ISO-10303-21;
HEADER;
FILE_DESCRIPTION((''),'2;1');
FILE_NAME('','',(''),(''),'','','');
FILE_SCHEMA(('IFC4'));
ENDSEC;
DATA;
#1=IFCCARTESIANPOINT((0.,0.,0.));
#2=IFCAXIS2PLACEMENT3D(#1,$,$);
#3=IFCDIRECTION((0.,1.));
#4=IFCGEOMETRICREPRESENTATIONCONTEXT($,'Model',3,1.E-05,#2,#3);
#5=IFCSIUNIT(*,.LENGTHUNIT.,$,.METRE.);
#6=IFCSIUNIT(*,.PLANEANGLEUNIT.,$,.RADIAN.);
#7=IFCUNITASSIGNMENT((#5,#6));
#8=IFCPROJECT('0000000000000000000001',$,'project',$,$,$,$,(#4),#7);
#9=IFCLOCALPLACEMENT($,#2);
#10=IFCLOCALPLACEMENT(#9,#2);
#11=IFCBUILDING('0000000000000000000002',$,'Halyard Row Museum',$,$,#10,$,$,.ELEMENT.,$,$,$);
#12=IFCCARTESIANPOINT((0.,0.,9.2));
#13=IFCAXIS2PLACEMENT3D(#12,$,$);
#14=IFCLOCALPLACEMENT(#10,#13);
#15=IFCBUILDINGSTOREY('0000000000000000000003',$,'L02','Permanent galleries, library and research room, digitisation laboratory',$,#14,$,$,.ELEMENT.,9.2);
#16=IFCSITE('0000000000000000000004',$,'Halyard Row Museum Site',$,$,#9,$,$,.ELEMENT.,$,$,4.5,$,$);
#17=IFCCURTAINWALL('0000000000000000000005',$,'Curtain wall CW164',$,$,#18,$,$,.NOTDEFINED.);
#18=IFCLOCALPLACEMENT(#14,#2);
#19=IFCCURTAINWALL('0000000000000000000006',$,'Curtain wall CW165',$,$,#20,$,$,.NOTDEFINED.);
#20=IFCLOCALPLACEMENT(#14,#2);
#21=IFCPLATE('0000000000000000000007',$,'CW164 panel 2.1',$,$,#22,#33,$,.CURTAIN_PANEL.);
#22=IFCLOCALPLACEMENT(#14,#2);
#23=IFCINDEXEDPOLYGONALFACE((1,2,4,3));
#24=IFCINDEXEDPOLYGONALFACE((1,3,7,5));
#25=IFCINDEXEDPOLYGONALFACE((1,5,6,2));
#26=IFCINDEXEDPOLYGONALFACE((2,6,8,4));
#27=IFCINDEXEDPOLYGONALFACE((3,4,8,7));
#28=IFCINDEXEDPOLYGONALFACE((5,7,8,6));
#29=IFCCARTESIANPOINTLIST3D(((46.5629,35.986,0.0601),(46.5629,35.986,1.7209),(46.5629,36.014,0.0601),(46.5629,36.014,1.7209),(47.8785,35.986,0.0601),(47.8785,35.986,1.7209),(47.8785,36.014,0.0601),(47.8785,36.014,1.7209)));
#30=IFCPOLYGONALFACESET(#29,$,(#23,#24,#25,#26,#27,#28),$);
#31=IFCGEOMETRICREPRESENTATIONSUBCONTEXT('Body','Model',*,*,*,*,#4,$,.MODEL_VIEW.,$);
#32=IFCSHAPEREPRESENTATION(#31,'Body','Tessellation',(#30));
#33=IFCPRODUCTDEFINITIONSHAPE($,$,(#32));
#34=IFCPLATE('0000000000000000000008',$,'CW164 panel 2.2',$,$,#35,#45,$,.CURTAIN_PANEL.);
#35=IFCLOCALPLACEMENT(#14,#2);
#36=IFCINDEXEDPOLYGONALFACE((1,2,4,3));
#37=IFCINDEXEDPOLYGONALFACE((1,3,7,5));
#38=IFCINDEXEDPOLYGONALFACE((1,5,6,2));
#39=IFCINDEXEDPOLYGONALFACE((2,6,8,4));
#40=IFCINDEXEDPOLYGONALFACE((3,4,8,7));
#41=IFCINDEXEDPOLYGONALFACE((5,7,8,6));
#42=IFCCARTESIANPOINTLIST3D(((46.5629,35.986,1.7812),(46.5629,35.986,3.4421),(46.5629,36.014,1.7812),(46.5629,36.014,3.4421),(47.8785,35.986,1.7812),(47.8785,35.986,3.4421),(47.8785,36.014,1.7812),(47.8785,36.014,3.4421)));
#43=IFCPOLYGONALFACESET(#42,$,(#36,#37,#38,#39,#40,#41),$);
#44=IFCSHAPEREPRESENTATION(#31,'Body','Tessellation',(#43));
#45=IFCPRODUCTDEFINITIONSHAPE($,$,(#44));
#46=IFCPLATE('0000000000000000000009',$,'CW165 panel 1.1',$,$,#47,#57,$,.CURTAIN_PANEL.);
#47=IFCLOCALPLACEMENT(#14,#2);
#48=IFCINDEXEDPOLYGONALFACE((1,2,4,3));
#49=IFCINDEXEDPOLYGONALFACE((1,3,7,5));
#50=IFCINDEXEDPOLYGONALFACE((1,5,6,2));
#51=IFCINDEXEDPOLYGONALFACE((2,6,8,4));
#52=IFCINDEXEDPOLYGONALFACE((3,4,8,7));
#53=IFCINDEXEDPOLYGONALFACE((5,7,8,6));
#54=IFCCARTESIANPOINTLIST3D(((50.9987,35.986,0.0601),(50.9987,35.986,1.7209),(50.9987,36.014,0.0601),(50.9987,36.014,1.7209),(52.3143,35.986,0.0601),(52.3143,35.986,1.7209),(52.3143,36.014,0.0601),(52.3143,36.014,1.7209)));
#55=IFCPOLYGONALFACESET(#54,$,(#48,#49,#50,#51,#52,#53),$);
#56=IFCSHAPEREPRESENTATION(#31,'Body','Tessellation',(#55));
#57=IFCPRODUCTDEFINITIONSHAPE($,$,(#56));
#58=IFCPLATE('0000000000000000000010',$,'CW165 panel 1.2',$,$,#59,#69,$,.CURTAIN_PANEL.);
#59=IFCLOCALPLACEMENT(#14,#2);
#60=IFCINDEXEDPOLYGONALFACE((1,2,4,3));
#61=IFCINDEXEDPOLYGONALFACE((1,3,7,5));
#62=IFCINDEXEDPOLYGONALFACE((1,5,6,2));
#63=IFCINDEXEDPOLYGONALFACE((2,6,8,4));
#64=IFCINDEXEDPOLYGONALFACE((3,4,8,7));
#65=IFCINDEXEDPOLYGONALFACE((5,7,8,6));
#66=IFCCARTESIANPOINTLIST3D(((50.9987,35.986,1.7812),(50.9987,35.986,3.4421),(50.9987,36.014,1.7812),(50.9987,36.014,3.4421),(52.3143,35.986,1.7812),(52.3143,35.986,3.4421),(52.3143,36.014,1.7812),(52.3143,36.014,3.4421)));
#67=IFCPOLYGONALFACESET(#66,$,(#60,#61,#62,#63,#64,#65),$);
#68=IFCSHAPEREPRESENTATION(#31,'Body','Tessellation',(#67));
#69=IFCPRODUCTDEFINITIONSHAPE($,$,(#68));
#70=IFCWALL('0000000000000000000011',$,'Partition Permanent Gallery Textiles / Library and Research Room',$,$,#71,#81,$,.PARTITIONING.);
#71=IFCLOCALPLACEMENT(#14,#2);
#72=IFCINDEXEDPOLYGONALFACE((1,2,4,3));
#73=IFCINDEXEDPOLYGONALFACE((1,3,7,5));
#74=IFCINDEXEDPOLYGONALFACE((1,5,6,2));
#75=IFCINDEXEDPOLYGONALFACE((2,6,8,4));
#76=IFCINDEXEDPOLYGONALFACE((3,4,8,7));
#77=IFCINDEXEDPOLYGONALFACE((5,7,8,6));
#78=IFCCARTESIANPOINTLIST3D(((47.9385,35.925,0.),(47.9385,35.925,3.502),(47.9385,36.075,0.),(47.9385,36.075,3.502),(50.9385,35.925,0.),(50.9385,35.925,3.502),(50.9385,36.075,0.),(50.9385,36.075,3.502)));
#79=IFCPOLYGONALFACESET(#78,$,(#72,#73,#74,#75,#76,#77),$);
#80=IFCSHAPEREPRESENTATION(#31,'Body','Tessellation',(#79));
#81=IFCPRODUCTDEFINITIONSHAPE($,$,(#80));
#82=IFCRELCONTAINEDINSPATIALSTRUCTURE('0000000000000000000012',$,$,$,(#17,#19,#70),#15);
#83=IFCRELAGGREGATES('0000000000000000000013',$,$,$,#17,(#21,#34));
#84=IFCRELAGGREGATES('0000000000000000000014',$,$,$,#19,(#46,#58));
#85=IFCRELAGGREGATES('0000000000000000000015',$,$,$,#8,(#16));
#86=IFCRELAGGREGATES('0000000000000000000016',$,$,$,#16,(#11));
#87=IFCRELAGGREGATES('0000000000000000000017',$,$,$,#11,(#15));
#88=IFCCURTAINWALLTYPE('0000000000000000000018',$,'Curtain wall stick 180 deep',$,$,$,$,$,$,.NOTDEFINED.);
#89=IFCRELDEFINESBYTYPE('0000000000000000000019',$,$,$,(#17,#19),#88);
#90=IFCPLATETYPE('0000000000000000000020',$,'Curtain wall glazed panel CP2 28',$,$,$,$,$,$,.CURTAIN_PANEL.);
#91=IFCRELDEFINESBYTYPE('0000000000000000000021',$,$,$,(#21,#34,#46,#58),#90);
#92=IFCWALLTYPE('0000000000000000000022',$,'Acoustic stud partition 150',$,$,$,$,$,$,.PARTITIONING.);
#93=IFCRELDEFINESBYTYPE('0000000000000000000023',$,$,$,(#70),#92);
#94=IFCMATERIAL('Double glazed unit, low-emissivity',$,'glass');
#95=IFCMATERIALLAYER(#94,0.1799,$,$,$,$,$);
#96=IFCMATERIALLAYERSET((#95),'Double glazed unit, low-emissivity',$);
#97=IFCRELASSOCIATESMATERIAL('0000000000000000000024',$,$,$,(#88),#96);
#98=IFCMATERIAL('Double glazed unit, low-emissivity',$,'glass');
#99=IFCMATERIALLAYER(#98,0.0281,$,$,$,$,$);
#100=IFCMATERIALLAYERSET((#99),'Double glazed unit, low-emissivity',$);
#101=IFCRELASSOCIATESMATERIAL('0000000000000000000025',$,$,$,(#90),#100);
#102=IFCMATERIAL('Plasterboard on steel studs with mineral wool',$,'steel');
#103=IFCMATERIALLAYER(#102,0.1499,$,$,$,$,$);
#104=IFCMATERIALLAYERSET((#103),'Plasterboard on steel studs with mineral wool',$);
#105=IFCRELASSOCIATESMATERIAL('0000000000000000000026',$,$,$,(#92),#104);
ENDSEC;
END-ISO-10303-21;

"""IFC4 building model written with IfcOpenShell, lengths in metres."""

from ifc_helpers import new_model, si_unit, direction, frame, frame_2d, origin, origin_2d, place, context, subcontext, project, spatial, rectangle, extrude, material, layer, layer_set, type_object, element, aggregate, save


model = new_model("IFC4")

# Units and contexts
model_context = context("Model", 3, precision=1e-05, world=origin(), true_north=direction((0.0, 1.0)))
body_context = subcontext(model_context, "Body", "Model", "MODEL_VIEW")
ifc_project = project(units=[si_unit("LENGTHUNIT", "METRE"), si_unit("PLANEANGLEUNIT", "RADIAN")], contexts=[model_context])

# Site, building, storey
site_placement = place(None, origin())
site = spatial("IfcSite", under=ifc_project, at=site_placement, Name="Halyard Row Museum Site", CompositionType="ELEMENT", RefElevation=4.5)
building_placement = place(site_placement, origin())
building = spatial("IfcBuilding", under=site, at=building_placement, Name="Halyard Row Museum", CompositionType="ELEMENT")
storey_placement = place(building_placement, frame((0.0, 0.0, 9.2)))
storey = spatial("IfcBuildingStorey", under=building, at=storey_placement, Name="L02", Description="Permanent galleries, library and research room, digitisation laboratory", CompositionType="ELEMENT", Elevation=9.2)

# Curtain walls
ifc_material_1 = material(Name="Double glazed unit, low-emissivity", Category="glass")
ifc_layer_1 = layer(ifc_material_1, 0.1799)
ifc_layer_set_1 = layer_set([ifc_layer_1], Name="Double glazed unit, low-emissivity")
curtain_wall_type = type_object("IfcCurtainWallType", Name="Curtain wall stick 180 deep", PredefinedType="NOTDEFINED", material=ifc_layer_set_1)
curtain_wall_1_placement = place(storey_placement, origin())
curtain_wall_1 = element("IfcCurtainWall", 1, at=curtain_wall_1_placement, inside=storey, type_object=curtain_wall_type, Name="Curtain wall CW164", PredefinedType="NOTDEFINED")
curtain_wall_2_placement = place(storey_placement, origin())
curtain_wall_2 = element("IfcCurtainWall", 2, at=curtain_wall_2_placement, inside=storey, type_object=curtain_wall_type, Name="Curtain wall CW165", PredefinedType="NOTDEFINED")

# Plates
ifc_material_2 = material(Name="Double glazed unit, low-emissivity", Category="glass")
ifc_layer_2 = layer(ifc_material_2, 0.0281)
ifc_layer_set_2 = layer_set([ifc_layer_2], Name="Double glazed unit, low-emissivity")
plate_type = type_object("IfcPlateType", Name="Curtain wall glazed panel CP2 28", PredefinedType="CURTAIN_PANEL", material=ifc_layer_set_2)
plate_1_placement = place(storey_placement, frame((47.2207, 36.0, 0.0601), z_axis=(0.0, 0.0, 1.0), x_axis=(1.0, 0.0, 0.0)))
plate_1 = element("IfcPlate", 3, at=plate_1_placement, type_object=plate_type, Name="CW164 panel 2.1", PredefinedType="CURTAIN_PANEL", context=body_context, shape_type="SweptSolid", body=[
    extrude(rectangle(XDim=1.3157, YDim=0.0281, at=origin_2d()), origin(), (0.0, 0.0, 1.0), 1.6609),
])
plate_2_placement = place(storey_placement, frame((47.2207, 36.0, 1.7812), z_axis=(0.0, 0.0, 1.0), x_axis=(1.0, 0.0, 0.0)))
plate_2 = element("IfcPlate", 4, at=plate_2_placement, type_object=plate_type, Name="CW164 panel 2.2", PredefinedType="CURTAIN_PANEL", context=body_context, shape_type="SweptSolid", body=[
    extrude(rectangle(XDim=1.3157, YDim=0.0281, at=origin_2d()), origin(), (0.0, 0.0, 1.0), 1.6609),
])
aggregate(curtain_wall_1, [plate_1, plate_2])
plate_3_placement = place(storey_placement, frame((51.6565, 36.0, 0.0601), z_axis=(0.0, 0.0, 1.0), x_axis=(1.0, 0.0, 0.0)))
plate_3 = element("IfcPlate", 5, at=plate_3_placement, type_object=plate_type, Name="CW165 panel 1.1", PredefinedType="CURTAIN_PANEL", context=body_context, shape_type="SweptSolid", body=[
    extrude(rectangle(XDim=1.3157, YDim=0.0281, at=origin_2d()), origin(), (0.0, 0.0, 1.0), 1.6609),
])
plate_4_placement = place(storey_placement, frame((51.6565, 36.0, 1.7812), z_axis=(0.0, 0.0, 1.0), x_axis=(1.0, 0.0, 0.0)))
plate_4 = element("IfcPlate", 6, at=plate_4_placement, type_object=plate_type, Name="CW165 panel 1.2", PredefinedType="CURTAIN_PANEL", context=body_context, shape_type="SweptSolid", body=[
    extrude(rectangle(XDim=1.3157, YDim=0.0281, at=origin_2d()), origin(), (0.0, 0.0, 1.0), 1.6609),
])
aggregate(curtain_wall_2, [plate_3, plate_4])

# Wall
ifc_material_3 = material(Name="Plasterboard on steel studs with mineral wool", Category="steel")
ifc_layer_3 = layer(ifc_material_3, 0.1499)
ifc_layer_set_3 = layer_set([ifc_layer_3], Name="Plasterboard on steel studs with mineral wool")
wall_type = type_object("IfcWallType", Name="Acoustic stud partition 150", PredefinedType="PARTITIONING", material=ifc_layer_set_3)
wall_placement = place(storey_placement, frame((47.9385, 36.0, 0.0), z_axis=(0.0, 0.0, 1.0), x_axis=(1.0, 0.0, 0.0)))
element("IfcWall", 7, at=wall_placement, inside=storey, type_object=wall_type, Name="Partition Permanent Gallery Textiles / Library and Research Room", PredefinedType="PARTITIONING", context=body_context, shape_type="SweptSolid", body=[
    extrude(rectangle(XDim=3.0, YDim=0.1499, at=frame_2d((1.5, 0.0))), origin(), (0.0, 0.0, 1.0), 3.502),
])

save(model, "model.ifc")
